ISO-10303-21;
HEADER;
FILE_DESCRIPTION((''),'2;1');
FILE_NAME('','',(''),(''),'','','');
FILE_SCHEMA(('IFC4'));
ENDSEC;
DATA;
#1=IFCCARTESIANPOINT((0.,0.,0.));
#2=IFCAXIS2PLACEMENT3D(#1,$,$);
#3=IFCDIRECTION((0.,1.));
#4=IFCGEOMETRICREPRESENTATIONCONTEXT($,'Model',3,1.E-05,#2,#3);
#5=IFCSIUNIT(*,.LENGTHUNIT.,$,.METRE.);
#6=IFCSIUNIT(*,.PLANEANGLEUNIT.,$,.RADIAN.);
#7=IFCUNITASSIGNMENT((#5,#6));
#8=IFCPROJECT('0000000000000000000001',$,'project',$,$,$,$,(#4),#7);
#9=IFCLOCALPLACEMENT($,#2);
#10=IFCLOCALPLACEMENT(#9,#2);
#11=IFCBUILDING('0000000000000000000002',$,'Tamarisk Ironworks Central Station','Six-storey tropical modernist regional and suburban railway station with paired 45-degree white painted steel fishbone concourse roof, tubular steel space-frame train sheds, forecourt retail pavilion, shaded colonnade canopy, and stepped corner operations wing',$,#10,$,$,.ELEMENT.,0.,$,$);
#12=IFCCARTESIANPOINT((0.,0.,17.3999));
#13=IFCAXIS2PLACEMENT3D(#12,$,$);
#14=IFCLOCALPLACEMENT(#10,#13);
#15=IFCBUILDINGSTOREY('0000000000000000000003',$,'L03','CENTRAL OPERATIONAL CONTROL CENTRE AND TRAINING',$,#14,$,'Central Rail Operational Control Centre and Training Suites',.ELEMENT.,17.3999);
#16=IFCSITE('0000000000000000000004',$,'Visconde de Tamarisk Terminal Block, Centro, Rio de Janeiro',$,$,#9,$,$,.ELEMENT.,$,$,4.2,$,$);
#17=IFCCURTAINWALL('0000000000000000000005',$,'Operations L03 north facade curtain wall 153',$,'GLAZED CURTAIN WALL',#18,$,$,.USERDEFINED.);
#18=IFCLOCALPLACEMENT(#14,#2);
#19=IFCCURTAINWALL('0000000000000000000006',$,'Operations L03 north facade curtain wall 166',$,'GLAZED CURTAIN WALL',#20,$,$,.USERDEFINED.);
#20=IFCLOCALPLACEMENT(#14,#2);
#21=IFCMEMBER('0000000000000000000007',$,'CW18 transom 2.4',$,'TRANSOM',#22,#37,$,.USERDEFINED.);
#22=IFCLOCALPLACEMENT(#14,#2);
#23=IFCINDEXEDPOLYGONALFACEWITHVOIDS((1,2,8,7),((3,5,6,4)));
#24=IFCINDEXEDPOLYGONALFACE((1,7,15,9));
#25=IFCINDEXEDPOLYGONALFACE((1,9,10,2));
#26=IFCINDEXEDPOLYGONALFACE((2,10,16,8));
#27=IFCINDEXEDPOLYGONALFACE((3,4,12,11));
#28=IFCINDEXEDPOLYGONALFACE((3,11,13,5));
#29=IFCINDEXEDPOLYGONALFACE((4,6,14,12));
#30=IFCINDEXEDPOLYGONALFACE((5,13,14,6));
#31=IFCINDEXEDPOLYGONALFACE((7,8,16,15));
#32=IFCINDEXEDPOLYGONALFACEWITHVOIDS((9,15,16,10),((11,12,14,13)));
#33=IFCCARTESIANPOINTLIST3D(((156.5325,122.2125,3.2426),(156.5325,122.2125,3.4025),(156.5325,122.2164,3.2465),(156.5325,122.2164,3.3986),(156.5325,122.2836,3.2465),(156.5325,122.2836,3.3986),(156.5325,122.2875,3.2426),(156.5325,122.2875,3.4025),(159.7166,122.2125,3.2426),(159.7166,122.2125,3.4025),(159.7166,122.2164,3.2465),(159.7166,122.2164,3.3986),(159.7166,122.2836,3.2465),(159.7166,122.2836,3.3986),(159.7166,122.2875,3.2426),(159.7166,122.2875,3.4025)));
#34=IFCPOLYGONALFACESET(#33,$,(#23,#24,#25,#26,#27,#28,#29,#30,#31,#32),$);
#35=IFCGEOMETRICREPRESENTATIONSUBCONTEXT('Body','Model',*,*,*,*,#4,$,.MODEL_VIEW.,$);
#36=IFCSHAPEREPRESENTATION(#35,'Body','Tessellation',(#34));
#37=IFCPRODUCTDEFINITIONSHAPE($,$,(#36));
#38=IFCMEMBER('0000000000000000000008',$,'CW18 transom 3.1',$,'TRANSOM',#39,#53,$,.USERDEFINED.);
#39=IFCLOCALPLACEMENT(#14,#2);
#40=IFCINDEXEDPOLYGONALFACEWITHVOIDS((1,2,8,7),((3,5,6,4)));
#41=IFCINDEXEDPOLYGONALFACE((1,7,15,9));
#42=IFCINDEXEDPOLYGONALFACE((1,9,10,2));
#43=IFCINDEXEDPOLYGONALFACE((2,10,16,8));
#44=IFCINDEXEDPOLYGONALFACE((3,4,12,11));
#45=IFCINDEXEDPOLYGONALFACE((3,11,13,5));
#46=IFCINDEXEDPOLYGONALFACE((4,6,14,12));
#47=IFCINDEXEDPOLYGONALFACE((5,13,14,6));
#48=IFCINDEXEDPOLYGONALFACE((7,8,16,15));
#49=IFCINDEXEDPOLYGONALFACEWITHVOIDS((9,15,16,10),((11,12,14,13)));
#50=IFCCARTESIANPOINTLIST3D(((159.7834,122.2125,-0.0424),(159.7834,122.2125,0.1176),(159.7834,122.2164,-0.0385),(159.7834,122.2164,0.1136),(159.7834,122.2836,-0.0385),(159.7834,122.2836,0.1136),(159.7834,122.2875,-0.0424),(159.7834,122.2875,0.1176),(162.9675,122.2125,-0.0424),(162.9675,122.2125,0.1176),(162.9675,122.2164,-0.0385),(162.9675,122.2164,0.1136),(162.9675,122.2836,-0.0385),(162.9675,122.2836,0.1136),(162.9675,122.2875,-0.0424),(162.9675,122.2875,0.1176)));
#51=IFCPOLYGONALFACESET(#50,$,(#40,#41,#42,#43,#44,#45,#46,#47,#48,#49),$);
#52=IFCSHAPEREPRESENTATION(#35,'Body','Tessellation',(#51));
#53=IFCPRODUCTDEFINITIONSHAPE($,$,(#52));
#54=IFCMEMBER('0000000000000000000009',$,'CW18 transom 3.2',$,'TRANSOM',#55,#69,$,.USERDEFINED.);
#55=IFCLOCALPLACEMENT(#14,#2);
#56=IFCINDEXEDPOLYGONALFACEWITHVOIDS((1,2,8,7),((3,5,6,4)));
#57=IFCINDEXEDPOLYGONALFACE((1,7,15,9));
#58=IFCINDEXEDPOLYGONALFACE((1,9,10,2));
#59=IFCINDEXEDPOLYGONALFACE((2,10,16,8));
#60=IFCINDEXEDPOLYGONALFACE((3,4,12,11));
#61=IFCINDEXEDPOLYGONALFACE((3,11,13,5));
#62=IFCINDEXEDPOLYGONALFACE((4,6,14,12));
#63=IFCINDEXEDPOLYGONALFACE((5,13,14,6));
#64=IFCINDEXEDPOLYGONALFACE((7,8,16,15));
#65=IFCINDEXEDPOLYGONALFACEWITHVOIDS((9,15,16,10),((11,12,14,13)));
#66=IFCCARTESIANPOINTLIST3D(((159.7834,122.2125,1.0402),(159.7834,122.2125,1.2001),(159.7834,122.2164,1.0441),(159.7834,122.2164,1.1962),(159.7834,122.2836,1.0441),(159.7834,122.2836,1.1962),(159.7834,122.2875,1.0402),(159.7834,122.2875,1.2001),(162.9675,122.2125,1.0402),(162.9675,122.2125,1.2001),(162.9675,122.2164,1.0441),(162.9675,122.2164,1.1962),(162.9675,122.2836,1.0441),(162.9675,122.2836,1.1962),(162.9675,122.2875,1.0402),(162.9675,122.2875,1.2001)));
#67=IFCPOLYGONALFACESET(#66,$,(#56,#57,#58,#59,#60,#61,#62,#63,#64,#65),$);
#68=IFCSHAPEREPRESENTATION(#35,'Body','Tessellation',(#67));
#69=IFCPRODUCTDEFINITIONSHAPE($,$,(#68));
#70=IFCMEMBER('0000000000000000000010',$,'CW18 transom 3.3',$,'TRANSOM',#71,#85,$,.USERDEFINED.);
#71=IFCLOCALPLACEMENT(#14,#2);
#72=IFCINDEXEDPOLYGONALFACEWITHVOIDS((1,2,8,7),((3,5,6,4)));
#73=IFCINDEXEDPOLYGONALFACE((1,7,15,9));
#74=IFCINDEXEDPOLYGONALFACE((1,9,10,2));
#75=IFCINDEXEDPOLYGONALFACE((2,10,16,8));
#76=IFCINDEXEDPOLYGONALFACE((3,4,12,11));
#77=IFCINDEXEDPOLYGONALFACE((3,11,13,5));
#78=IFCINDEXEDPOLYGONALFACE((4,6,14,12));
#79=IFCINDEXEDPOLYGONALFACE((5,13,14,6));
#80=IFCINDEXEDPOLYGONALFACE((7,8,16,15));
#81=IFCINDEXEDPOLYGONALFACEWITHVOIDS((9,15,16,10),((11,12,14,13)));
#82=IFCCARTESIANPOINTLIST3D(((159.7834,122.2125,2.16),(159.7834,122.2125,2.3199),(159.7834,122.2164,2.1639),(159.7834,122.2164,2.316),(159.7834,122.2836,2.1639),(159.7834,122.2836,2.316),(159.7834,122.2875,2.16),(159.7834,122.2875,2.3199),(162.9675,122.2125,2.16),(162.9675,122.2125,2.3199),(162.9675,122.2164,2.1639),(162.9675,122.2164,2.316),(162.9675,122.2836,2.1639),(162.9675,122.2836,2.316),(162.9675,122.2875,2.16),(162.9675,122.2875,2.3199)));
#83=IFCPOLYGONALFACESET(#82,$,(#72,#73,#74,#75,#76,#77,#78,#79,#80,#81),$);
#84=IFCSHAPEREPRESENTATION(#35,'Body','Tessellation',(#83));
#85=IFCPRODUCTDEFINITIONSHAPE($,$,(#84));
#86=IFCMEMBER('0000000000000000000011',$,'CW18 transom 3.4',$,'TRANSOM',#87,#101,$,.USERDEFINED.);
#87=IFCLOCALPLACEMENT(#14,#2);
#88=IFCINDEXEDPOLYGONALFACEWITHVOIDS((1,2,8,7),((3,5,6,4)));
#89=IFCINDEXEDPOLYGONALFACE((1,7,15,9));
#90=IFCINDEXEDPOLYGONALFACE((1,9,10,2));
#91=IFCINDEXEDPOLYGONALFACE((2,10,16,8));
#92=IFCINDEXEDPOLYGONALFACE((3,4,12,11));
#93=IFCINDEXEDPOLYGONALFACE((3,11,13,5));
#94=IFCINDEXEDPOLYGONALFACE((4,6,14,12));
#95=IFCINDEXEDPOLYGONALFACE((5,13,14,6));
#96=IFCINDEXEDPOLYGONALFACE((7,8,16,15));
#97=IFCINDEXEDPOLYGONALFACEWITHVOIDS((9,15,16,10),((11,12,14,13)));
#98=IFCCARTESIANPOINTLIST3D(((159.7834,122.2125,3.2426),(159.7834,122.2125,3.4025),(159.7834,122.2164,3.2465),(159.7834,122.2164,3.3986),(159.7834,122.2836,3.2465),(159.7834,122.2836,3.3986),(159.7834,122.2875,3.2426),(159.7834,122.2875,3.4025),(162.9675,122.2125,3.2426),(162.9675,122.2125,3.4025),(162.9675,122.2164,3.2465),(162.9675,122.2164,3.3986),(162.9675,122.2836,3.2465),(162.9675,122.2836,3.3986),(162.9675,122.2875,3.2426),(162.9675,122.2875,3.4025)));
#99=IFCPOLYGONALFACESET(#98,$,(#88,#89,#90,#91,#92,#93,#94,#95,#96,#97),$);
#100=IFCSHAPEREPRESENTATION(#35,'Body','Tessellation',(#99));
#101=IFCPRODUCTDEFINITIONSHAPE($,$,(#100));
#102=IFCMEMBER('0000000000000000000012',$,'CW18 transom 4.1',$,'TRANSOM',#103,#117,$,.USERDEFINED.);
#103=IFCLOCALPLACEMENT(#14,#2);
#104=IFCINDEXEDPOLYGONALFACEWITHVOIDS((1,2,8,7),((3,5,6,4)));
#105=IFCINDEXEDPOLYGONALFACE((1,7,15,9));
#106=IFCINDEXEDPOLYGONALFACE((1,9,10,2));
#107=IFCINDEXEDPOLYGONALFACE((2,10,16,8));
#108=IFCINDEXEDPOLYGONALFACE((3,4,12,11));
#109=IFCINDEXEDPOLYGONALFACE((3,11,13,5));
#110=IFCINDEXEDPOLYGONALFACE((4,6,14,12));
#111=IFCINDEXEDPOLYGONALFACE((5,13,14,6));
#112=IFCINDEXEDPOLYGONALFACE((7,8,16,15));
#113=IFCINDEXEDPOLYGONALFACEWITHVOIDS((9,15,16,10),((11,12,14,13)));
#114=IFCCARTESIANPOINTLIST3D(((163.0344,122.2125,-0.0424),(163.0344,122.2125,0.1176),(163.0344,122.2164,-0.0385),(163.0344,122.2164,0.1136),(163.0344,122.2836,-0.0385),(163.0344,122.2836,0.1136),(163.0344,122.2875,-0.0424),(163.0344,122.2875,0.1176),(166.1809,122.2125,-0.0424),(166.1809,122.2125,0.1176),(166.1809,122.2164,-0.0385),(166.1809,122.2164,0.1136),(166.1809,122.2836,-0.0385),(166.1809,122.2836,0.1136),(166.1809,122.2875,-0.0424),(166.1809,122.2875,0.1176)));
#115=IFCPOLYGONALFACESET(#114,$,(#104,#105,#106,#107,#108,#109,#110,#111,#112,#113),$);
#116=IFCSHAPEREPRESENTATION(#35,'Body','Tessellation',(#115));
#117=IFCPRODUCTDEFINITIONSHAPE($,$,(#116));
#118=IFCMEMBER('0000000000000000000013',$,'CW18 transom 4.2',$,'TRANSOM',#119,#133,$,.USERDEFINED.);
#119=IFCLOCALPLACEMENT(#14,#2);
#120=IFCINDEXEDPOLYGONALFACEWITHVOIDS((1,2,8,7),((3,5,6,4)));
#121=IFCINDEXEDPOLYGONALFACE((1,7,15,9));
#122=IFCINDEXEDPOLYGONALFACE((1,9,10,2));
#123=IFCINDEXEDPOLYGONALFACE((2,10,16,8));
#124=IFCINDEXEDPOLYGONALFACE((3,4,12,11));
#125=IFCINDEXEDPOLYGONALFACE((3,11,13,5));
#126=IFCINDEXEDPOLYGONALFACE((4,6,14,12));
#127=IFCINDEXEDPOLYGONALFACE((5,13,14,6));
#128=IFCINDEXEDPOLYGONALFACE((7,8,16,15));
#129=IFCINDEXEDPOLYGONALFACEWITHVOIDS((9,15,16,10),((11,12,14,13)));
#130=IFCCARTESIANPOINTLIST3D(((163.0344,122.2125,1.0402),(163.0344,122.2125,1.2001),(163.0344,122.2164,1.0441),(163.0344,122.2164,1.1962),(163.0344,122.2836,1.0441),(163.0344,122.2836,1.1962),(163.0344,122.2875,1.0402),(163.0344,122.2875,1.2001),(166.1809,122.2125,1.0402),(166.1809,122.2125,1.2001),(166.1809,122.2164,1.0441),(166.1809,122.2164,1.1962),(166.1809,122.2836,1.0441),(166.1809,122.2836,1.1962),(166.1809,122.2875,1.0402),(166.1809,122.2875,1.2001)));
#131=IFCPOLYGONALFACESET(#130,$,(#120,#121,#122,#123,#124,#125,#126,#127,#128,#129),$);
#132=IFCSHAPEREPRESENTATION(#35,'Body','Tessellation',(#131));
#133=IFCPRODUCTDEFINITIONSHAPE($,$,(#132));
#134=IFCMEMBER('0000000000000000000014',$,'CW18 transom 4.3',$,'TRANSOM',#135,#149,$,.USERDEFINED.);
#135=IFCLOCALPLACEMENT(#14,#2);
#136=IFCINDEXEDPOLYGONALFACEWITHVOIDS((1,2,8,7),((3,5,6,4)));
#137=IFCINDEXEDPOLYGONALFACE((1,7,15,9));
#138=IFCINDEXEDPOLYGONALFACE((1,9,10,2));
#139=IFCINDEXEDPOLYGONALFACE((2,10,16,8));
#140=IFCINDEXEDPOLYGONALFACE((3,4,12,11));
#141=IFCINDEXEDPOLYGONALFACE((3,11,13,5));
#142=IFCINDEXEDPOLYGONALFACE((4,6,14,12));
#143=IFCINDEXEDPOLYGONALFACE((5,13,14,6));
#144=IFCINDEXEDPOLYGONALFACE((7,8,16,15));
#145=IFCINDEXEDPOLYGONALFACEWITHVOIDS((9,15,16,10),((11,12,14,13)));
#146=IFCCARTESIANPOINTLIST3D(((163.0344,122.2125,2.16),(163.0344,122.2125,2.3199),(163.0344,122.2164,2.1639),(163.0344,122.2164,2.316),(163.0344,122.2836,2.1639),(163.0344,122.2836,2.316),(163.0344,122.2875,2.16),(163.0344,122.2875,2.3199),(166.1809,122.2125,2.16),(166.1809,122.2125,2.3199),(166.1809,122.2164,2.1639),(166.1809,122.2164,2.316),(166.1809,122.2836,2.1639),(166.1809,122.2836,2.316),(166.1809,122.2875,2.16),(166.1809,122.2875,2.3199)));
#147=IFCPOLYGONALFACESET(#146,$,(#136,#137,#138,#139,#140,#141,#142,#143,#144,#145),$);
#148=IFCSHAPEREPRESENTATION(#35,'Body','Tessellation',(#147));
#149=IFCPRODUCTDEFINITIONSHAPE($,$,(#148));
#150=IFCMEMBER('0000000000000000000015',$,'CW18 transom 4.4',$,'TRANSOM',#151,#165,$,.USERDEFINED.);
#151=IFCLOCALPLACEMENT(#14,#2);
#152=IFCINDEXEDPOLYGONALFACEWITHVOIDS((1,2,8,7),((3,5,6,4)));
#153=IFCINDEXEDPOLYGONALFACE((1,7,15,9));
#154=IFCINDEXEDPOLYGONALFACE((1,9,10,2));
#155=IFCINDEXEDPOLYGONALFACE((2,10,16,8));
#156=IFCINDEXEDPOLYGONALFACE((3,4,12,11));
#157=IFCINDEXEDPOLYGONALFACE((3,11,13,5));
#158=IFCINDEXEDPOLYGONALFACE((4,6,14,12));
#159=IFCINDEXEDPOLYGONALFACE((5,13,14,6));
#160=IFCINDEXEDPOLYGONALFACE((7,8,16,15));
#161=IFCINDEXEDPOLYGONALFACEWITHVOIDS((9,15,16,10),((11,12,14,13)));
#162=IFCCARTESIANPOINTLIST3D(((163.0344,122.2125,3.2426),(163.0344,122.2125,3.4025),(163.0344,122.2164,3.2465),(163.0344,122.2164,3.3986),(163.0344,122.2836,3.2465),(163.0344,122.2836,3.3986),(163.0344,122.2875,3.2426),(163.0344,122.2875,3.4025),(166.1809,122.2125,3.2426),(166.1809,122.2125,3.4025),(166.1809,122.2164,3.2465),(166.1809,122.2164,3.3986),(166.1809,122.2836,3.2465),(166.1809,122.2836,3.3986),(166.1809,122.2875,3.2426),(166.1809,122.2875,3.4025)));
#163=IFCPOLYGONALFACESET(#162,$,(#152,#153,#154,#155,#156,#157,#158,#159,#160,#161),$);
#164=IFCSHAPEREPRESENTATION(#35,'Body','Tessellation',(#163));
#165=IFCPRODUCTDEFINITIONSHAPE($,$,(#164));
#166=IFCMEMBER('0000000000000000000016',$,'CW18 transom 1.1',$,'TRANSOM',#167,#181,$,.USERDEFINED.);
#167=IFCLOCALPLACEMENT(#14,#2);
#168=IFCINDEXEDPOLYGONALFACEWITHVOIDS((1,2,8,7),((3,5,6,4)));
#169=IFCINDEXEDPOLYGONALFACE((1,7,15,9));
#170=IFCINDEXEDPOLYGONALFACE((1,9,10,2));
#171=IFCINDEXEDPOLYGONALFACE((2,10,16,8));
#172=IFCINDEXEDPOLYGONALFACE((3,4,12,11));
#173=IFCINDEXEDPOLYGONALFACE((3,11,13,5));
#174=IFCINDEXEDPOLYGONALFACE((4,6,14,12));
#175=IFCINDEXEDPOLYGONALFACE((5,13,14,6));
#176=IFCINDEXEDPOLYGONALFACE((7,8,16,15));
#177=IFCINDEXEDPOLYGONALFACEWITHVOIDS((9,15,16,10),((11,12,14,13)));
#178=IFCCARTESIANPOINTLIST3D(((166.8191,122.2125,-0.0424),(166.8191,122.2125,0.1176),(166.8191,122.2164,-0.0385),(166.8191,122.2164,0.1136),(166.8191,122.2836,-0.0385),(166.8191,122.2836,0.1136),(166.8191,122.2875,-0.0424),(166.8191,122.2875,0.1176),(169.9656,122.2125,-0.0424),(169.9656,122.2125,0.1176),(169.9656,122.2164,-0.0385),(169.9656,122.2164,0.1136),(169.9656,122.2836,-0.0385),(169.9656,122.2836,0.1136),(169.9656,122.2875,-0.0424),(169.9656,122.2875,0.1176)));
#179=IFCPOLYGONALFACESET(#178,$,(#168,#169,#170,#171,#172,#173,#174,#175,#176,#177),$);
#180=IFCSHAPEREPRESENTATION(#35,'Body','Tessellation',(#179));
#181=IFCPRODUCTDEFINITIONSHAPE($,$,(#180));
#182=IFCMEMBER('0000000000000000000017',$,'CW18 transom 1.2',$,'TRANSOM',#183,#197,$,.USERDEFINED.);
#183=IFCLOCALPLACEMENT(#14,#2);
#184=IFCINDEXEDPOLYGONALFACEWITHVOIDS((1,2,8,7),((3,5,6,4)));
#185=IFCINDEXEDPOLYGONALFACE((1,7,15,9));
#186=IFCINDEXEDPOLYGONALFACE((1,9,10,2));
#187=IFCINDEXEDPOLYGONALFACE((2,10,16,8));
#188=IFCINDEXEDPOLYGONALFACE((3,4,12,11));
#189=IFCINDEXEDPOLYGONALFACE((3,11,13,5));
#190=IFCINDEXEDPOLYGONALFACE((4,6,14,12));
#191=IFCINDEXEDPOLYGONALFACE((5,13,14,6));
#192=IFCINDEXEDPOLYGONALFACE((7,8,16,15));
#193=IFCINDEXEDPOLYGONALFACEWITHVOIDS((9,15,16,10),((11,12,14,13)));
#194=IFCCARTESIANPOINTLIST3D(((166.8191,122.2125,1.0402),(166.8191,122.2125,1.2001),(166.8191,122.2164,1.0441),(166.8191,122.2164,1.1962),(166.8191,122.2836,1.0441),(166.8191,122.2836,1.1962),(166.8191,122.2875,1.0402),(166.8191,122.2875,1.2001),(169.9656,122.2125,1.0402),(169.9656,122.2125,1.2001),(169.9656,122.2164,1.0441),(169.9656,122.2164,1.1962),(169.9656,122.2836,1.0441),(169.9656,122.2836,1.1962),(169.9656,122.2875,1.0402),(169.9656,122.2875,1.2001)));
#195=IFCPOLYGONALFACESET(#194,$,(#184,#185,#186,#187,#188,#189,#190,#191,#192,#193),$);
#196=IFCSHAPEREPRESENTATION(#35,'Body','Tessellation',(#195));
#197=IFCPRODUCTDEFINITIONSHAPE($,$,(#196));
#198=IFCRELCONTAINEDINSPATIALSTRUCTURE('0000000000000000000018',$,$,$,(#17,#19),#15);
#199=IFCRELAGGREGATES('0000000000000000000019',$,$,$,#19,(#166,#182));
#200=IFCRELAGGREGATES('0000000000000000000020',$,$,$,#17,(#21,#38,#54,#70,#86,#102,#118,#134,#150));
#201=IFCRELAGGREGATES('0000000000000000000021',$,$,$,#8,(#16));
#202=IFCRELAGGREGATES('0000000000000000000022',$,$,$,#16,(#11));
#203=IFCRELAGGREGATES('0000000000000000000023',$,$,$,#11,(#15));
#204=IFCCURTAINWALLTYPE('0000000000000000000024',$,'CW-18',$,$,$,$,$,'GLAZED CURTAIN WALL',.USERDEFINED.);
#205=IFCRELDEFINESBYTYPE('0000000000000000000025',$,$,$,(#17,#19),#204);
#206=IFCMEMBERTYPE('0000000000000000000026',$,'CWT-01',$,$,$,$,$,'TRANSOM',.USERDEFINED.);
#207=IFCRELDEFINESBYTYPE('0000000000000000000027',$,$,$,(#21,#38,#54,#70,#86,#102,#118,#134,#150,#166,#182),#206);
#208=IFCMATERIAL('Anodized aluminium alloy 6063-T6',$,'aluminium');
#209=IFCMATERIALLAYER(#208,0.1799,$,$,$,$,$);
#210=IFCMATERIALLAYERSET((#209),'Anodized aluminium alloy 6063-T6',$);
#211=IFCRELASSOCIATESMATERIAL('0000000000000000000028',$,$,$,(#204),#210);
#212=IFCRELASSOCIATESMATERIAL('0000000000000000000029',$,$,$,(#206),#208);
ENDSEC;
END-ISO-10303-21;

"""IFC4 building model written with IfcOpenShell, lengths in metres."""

from ifc_helpers import new_model, si_unit, direction, frame, origin, origin_2d, place, context, subcontext, project, spatial, hollow_rectangle, extrude, material, layer, layer_set, material_profile, profile_set, type_object, element, aggregate, save


model = new_model("IFC4")

# Units and contexts
model_context = context("Model", 3, precision=1e-05, world=origin(), true_north=direction((0.0, 1.0)))
body_context = subcontext(model_context, "Body", "Model", "MODEL_VIEW")
ifc_project = project(units=[si_unit("LENGTHUNIT", "METRE"), si_unit("PLANEANGLEUNIT", "RADIAN")], contexts=[model_context])

# Site, building, storey
site_placement = place(None, origin())
site = spatial("IfcSite", under=ifc_project, at=site_placement, Name="Visconde de Tamarisk Terminal Block, Centro, Rio de Janeiro", CompositionType="ELEMENT", RefElevation=4.2)
building_placement = place(site_placement, origin())
building = spatial("IfcBuilding", under=site, at=building_placement, Name="Tamarisk Ironworks Central Station", Description="Six-storey tropical modernist regional and suburban railway station with paired 45-degree white painted steel fishbone concourse roof, tubular steel space-frame train sheds, forecourt retail pavilion, shaded colonnade canopy, and stepped corner operations wing", CompositionType="ELEMENT", ElevationOfRefHeight=0.0)
storey_placement = place(building_placement, frame((0.0, 0.0, 17.3999)))
storey = spatial("IfcBuildingStorey", under=building, at=storey_placement, Name="L03", Description="CENTRAL OPERATIONAL CONTROL CENTRE AND TRAINING", LongName="Central Rail Operational Control Centre and Training Suites", CompositionType="ELEMENT", Elevation=17.3999)

# Curtain wall
ifc_material_1 = material(Name="Anodized aluminium alloy 6063-T6", Category="aluminium")
ifc_layer_1 = layer(ifc_material_1, 0.1799)
ifc_layer_set_1 = layer_set([ifc_layer_1], Name="Anodized aluminium alloy 6063-T6")
curtain_wall_type = type_object("IfcCurtainWallType", Name="CW-18", ElementType="GLAZED CURTAIN WALL", PredefinedType="USERDEFINED", material=ifc_layer_set_1)
curtain_wall_1_placement = place(storey_placement, origin())
curtain_wall_1 = element("IfcCurtainWall", 1, at=curtain_wall_1_placement, inside=storey, type_object=curtain_wall_type, Name="Operations L03 north facade curtain wall 153", ObjectType="GLAZED CURTAIN WALL", PredefinedType="USERDEFINED")

# Curtain wall
curtain_wall_2_placement = place(storey_placement, origin())
curtain_wall_2 = element("IfcCurtainWall", 2, at=curtain_wall_2_placement, inside=storey, type_object=curtain_wall_type, Name="Operations L03 north facade curtain wall 166", ObjectType="GLAZED CURTAIN WALL", PredefinedType="USERDEFINED")

# Members
ifc_material_profile_1 = material_profile(ifc_material_1, hollow_rectangle(XDim=0.075, YDim=0.1599, WallThickness=0.0039, at=origin_2d()), Name="ALUM 160x75")
ifc_profile_set_1 = profile_set([ifc_material_profile_1], Name="Anodized aluminium alloy 6063-T6")
member_type_1 = type_object("IfcMemberType", Name="CWT-01", ElementType="TRANSOM", PredefinedType="USERDEFINED", material=ifc_profile_set_1)
member_1_placement = place(storey_placement, frame((156.5325, 122.25, 3.3225), z_axis=(1.0, 0.0, 0.0), x_axis=(0.0, 1.0, 0.0)))
member_1 = element("IfcMember", 3, at=member_1_placement, type_object=member_type_1, Name="CW18 transom 2.4", ObjectType="TRANSOM", PredefinedType="USERDEFINED", context=body_context, shape_type="SweptSolid", body=[
    extrude(hollow_rectangle(XDim=0.075, YDim=0.1599, WallThickness=0.0039, at=origin_2d()), origin(), (0.0, 0.0, 1.0), 3.1841),
])
member_2_placement = place(storey_placement, frame((159.7834, 122.25, 0.0376), z_axis=(1.0, 0.0, 0.0), x_axis=(0.0, 1.0, 0.0)))
member_2 = element("IfcMember", 4, at=member_2_placement, type_object=member_type_1, Name="CW18 transom 3.1", ObjectType="TRANSOM", PredefinedType="USERDEFINED", context=body_context, shape_type="SweptSolid", body=[
    extrude(hollow_rectangle(XDim=0.075, YDim=0.1599, WallThickness=0.0039, at=origin_2d()), origin(), (0.0, 0.0, 1.0), 3.1841),
])
member_3_placement = place(storey_placement, frame((159.7834, 122.25, 1.1201), z_axis=(1.0, 0.0, 0.0), x_axis=(0.0, 1.0, 0.0)))
member_3 = element("IfcMember", 5, at=member_3_placement, type_object=member_type_1, Name="CW18 transom 3.2", ObjectType="TRANSOM", PredefinedType="USERDEFINED", context=body_context, shape_type="SweptSolid", body=[
    extrude(hollow_rectangle(XDim=0.075, YDim=0.1599, WallThickness=0.0039, at=origin_2d()), origin(), (0.0, 0.0, 1.0), 3.1841),
])
member_4_placement = place(storey_placement, frame((159.7834, 122.25, 2.24), z_axis=(1.0, 0.0, 0.0), x_axis=(0.0, 1.0, 0.0)))
member_4 = element("IfcMember", 6, at=member_4_placement, type_object=member_type_1, Name="CW18 transom 3.3", ObjectType="TRANSOM", PredefinedType="USERDEFINED", context=body_context, shape_type="SweptSolid", body=[
    extrude(hollow_rectangle(XDim=0.075, YDim=0.1599, WallThickness=0.0039, at=origin_2d()), origin(), (0.0, 0.0, 1.0), 3.1841),
])
member_5_placement = place(storey_placement, frame((159.7834, 122.25, 3.3225), z_axis=(1.0, 0.0, 0.0), x_axis=(0.0, 1.0, 0.0)))
member_5 = element("IfcMember", 7, at=member_5_placement, type_object=member_type_1, Name="CW18 transom 3.4", ObjectType="TRANSOM", PredefinedType="USERDEFINED", context=body_context, shape_type="SweptSolid", body=[
    extrude(hollow_rectangle(XDim=0.075, YDim=0.1599, WallThickness=0.0039, at=origin_2d()), origin(), (0.0, 0.0, 1.0), 3.1841),
])
member_6_placement = place(storey_placement, frame((163.0344, 122.25, 0.0376), z_axis=(1.0, 0.0, 0.0), x_axis=(0.0, 1.0, 0.0)))
member_6 = element("IfcMember", 8, at=member_6_placement, type_object=member_type_1, Name="CW18 transom 4.1", ObjectType="TRANSOM", PredefinedType="USERDEFINED", context=body_context, shape_type="SweptSolid", body=[
    extrude(hollow_rectangle(XDim=0.075, YDim=0.1599, WallThickness=0.0039, at=origin_2d()), origin(), (0.0, 0.0, 1.0), 3.1465),
])
member_7_placement = place(storey_placement, frame((163.0344, 122.25, 1.1201), z_axis=(1.0, 0.0, 0.0), x_axis=(0.0, 1.0, 0.0)))
member_7 = element("IfcMember", 9, at=member_7_placement, type_object=member_type_1, Name="CW18 transom 4.2", ObjectType="TRANSOM", PredefinedType="USERDEFINED", context=body_context, shape_type="SweptSolid", body=[
    extrude(hollow_rectangle(XDim=0.075, YDim=0.1599, WallThickness=0.0039, at=origin_2d()), origin(), (0.0, 0.0, 1.0), 3.1465),
])
member_8_placement = place(storey_placement, frame((163.0344, 122.25, 2.24), z_axis=(1.0, 0.0, 0.0), x_axis=(0.0, 1.0, 0.0)))
member_8 = element("IfcMember", 10, at=member_8_placement, type_object=member_type_1, Name="CW18 transom 4.3", ObjectType="TRANSOM", PredefinedType="USERDEFINED", context=body_context, shape_type="SweptSolid", body=[
    extrude(hollow_rectangle(XDim=0.075, YDim=0.1599, WallThickness=0.0039, at=origin_2d()), origin(), (0.0, 0.0, 1.0), 3.1465),
])
member_9_placement = place(storey_placement, frame((163.0344, 122.25, 3.3225), z_axis=(1.0, 0.0, 0.0), x_axis=(0.0, 1.0, 0.0)))
member_9 = element("IfcMember", 11, at=member_9_placement, type_object=member_type_1, Name="CW18 transom 4.4", ObjectType="TRANSOM", PredefinedType="USERDEFINED", context=body_context, shape_type="SweptSolid", body=[
    extrude(hollow_rectangle(XDim=0.075, YDim=0.1599, WallThickness=0.0039, at=origin_2d()), origin(), (0.0, 0.0, 1.0), 3.1465),
])
member_10_placement = place(storey_placement, frame((166.8191, 122.25, 0.0376), z_axis=(1.0, 0.0, 0.0), x_axis=(0.0, 1.0, 0.0)))
member_10 = element("IfcMember", 12, at=member_10_placement, type_object=member_type_1, Name="CW18 transom 1.1", ObjectType="TRANSOM", PredefinedType="USERDEFINED", context=body_context, shape_type="SweptSolid", body=[
    extrude(hollow_rectangle(XDim=0.075, YDim=0.1599, WallThickness=0.0039, at=origin_2d()), origin(), (0.0, 0.0, 1.0), 3.1465),
])
member_11_placement = place(storey_placement, frame((166.8191, 122.25, 1.1201), z_axis=(1.0, 0.0, 0.0), x_axis=(0.0, 1.0, 0.0)))
member_11 = element("IfcMember", 13, at=member_11_placement, type_object=member_type_1, Name="CW18 transom 1.2", ObjectType="TRANSOM", PredefinedType="USERDEFINED", context=body_context, shape_type="SweptSolid", body=[
    extrude(hollow_rectangle(XDim=0.075, YDim=0.1599, WallThickness=0.0039, at=origin_2d()), origin(), (0.0, 0.0, 1.0), 3.1465),
])
aggregate(curtain_wall_2, [member_10, member_11])

aggregate(curtain_wall_1, [member_1, member_2, member_3, member_4, member_5, member_6, member_7, member_8, member_9])

save(model, "model.ifc")
